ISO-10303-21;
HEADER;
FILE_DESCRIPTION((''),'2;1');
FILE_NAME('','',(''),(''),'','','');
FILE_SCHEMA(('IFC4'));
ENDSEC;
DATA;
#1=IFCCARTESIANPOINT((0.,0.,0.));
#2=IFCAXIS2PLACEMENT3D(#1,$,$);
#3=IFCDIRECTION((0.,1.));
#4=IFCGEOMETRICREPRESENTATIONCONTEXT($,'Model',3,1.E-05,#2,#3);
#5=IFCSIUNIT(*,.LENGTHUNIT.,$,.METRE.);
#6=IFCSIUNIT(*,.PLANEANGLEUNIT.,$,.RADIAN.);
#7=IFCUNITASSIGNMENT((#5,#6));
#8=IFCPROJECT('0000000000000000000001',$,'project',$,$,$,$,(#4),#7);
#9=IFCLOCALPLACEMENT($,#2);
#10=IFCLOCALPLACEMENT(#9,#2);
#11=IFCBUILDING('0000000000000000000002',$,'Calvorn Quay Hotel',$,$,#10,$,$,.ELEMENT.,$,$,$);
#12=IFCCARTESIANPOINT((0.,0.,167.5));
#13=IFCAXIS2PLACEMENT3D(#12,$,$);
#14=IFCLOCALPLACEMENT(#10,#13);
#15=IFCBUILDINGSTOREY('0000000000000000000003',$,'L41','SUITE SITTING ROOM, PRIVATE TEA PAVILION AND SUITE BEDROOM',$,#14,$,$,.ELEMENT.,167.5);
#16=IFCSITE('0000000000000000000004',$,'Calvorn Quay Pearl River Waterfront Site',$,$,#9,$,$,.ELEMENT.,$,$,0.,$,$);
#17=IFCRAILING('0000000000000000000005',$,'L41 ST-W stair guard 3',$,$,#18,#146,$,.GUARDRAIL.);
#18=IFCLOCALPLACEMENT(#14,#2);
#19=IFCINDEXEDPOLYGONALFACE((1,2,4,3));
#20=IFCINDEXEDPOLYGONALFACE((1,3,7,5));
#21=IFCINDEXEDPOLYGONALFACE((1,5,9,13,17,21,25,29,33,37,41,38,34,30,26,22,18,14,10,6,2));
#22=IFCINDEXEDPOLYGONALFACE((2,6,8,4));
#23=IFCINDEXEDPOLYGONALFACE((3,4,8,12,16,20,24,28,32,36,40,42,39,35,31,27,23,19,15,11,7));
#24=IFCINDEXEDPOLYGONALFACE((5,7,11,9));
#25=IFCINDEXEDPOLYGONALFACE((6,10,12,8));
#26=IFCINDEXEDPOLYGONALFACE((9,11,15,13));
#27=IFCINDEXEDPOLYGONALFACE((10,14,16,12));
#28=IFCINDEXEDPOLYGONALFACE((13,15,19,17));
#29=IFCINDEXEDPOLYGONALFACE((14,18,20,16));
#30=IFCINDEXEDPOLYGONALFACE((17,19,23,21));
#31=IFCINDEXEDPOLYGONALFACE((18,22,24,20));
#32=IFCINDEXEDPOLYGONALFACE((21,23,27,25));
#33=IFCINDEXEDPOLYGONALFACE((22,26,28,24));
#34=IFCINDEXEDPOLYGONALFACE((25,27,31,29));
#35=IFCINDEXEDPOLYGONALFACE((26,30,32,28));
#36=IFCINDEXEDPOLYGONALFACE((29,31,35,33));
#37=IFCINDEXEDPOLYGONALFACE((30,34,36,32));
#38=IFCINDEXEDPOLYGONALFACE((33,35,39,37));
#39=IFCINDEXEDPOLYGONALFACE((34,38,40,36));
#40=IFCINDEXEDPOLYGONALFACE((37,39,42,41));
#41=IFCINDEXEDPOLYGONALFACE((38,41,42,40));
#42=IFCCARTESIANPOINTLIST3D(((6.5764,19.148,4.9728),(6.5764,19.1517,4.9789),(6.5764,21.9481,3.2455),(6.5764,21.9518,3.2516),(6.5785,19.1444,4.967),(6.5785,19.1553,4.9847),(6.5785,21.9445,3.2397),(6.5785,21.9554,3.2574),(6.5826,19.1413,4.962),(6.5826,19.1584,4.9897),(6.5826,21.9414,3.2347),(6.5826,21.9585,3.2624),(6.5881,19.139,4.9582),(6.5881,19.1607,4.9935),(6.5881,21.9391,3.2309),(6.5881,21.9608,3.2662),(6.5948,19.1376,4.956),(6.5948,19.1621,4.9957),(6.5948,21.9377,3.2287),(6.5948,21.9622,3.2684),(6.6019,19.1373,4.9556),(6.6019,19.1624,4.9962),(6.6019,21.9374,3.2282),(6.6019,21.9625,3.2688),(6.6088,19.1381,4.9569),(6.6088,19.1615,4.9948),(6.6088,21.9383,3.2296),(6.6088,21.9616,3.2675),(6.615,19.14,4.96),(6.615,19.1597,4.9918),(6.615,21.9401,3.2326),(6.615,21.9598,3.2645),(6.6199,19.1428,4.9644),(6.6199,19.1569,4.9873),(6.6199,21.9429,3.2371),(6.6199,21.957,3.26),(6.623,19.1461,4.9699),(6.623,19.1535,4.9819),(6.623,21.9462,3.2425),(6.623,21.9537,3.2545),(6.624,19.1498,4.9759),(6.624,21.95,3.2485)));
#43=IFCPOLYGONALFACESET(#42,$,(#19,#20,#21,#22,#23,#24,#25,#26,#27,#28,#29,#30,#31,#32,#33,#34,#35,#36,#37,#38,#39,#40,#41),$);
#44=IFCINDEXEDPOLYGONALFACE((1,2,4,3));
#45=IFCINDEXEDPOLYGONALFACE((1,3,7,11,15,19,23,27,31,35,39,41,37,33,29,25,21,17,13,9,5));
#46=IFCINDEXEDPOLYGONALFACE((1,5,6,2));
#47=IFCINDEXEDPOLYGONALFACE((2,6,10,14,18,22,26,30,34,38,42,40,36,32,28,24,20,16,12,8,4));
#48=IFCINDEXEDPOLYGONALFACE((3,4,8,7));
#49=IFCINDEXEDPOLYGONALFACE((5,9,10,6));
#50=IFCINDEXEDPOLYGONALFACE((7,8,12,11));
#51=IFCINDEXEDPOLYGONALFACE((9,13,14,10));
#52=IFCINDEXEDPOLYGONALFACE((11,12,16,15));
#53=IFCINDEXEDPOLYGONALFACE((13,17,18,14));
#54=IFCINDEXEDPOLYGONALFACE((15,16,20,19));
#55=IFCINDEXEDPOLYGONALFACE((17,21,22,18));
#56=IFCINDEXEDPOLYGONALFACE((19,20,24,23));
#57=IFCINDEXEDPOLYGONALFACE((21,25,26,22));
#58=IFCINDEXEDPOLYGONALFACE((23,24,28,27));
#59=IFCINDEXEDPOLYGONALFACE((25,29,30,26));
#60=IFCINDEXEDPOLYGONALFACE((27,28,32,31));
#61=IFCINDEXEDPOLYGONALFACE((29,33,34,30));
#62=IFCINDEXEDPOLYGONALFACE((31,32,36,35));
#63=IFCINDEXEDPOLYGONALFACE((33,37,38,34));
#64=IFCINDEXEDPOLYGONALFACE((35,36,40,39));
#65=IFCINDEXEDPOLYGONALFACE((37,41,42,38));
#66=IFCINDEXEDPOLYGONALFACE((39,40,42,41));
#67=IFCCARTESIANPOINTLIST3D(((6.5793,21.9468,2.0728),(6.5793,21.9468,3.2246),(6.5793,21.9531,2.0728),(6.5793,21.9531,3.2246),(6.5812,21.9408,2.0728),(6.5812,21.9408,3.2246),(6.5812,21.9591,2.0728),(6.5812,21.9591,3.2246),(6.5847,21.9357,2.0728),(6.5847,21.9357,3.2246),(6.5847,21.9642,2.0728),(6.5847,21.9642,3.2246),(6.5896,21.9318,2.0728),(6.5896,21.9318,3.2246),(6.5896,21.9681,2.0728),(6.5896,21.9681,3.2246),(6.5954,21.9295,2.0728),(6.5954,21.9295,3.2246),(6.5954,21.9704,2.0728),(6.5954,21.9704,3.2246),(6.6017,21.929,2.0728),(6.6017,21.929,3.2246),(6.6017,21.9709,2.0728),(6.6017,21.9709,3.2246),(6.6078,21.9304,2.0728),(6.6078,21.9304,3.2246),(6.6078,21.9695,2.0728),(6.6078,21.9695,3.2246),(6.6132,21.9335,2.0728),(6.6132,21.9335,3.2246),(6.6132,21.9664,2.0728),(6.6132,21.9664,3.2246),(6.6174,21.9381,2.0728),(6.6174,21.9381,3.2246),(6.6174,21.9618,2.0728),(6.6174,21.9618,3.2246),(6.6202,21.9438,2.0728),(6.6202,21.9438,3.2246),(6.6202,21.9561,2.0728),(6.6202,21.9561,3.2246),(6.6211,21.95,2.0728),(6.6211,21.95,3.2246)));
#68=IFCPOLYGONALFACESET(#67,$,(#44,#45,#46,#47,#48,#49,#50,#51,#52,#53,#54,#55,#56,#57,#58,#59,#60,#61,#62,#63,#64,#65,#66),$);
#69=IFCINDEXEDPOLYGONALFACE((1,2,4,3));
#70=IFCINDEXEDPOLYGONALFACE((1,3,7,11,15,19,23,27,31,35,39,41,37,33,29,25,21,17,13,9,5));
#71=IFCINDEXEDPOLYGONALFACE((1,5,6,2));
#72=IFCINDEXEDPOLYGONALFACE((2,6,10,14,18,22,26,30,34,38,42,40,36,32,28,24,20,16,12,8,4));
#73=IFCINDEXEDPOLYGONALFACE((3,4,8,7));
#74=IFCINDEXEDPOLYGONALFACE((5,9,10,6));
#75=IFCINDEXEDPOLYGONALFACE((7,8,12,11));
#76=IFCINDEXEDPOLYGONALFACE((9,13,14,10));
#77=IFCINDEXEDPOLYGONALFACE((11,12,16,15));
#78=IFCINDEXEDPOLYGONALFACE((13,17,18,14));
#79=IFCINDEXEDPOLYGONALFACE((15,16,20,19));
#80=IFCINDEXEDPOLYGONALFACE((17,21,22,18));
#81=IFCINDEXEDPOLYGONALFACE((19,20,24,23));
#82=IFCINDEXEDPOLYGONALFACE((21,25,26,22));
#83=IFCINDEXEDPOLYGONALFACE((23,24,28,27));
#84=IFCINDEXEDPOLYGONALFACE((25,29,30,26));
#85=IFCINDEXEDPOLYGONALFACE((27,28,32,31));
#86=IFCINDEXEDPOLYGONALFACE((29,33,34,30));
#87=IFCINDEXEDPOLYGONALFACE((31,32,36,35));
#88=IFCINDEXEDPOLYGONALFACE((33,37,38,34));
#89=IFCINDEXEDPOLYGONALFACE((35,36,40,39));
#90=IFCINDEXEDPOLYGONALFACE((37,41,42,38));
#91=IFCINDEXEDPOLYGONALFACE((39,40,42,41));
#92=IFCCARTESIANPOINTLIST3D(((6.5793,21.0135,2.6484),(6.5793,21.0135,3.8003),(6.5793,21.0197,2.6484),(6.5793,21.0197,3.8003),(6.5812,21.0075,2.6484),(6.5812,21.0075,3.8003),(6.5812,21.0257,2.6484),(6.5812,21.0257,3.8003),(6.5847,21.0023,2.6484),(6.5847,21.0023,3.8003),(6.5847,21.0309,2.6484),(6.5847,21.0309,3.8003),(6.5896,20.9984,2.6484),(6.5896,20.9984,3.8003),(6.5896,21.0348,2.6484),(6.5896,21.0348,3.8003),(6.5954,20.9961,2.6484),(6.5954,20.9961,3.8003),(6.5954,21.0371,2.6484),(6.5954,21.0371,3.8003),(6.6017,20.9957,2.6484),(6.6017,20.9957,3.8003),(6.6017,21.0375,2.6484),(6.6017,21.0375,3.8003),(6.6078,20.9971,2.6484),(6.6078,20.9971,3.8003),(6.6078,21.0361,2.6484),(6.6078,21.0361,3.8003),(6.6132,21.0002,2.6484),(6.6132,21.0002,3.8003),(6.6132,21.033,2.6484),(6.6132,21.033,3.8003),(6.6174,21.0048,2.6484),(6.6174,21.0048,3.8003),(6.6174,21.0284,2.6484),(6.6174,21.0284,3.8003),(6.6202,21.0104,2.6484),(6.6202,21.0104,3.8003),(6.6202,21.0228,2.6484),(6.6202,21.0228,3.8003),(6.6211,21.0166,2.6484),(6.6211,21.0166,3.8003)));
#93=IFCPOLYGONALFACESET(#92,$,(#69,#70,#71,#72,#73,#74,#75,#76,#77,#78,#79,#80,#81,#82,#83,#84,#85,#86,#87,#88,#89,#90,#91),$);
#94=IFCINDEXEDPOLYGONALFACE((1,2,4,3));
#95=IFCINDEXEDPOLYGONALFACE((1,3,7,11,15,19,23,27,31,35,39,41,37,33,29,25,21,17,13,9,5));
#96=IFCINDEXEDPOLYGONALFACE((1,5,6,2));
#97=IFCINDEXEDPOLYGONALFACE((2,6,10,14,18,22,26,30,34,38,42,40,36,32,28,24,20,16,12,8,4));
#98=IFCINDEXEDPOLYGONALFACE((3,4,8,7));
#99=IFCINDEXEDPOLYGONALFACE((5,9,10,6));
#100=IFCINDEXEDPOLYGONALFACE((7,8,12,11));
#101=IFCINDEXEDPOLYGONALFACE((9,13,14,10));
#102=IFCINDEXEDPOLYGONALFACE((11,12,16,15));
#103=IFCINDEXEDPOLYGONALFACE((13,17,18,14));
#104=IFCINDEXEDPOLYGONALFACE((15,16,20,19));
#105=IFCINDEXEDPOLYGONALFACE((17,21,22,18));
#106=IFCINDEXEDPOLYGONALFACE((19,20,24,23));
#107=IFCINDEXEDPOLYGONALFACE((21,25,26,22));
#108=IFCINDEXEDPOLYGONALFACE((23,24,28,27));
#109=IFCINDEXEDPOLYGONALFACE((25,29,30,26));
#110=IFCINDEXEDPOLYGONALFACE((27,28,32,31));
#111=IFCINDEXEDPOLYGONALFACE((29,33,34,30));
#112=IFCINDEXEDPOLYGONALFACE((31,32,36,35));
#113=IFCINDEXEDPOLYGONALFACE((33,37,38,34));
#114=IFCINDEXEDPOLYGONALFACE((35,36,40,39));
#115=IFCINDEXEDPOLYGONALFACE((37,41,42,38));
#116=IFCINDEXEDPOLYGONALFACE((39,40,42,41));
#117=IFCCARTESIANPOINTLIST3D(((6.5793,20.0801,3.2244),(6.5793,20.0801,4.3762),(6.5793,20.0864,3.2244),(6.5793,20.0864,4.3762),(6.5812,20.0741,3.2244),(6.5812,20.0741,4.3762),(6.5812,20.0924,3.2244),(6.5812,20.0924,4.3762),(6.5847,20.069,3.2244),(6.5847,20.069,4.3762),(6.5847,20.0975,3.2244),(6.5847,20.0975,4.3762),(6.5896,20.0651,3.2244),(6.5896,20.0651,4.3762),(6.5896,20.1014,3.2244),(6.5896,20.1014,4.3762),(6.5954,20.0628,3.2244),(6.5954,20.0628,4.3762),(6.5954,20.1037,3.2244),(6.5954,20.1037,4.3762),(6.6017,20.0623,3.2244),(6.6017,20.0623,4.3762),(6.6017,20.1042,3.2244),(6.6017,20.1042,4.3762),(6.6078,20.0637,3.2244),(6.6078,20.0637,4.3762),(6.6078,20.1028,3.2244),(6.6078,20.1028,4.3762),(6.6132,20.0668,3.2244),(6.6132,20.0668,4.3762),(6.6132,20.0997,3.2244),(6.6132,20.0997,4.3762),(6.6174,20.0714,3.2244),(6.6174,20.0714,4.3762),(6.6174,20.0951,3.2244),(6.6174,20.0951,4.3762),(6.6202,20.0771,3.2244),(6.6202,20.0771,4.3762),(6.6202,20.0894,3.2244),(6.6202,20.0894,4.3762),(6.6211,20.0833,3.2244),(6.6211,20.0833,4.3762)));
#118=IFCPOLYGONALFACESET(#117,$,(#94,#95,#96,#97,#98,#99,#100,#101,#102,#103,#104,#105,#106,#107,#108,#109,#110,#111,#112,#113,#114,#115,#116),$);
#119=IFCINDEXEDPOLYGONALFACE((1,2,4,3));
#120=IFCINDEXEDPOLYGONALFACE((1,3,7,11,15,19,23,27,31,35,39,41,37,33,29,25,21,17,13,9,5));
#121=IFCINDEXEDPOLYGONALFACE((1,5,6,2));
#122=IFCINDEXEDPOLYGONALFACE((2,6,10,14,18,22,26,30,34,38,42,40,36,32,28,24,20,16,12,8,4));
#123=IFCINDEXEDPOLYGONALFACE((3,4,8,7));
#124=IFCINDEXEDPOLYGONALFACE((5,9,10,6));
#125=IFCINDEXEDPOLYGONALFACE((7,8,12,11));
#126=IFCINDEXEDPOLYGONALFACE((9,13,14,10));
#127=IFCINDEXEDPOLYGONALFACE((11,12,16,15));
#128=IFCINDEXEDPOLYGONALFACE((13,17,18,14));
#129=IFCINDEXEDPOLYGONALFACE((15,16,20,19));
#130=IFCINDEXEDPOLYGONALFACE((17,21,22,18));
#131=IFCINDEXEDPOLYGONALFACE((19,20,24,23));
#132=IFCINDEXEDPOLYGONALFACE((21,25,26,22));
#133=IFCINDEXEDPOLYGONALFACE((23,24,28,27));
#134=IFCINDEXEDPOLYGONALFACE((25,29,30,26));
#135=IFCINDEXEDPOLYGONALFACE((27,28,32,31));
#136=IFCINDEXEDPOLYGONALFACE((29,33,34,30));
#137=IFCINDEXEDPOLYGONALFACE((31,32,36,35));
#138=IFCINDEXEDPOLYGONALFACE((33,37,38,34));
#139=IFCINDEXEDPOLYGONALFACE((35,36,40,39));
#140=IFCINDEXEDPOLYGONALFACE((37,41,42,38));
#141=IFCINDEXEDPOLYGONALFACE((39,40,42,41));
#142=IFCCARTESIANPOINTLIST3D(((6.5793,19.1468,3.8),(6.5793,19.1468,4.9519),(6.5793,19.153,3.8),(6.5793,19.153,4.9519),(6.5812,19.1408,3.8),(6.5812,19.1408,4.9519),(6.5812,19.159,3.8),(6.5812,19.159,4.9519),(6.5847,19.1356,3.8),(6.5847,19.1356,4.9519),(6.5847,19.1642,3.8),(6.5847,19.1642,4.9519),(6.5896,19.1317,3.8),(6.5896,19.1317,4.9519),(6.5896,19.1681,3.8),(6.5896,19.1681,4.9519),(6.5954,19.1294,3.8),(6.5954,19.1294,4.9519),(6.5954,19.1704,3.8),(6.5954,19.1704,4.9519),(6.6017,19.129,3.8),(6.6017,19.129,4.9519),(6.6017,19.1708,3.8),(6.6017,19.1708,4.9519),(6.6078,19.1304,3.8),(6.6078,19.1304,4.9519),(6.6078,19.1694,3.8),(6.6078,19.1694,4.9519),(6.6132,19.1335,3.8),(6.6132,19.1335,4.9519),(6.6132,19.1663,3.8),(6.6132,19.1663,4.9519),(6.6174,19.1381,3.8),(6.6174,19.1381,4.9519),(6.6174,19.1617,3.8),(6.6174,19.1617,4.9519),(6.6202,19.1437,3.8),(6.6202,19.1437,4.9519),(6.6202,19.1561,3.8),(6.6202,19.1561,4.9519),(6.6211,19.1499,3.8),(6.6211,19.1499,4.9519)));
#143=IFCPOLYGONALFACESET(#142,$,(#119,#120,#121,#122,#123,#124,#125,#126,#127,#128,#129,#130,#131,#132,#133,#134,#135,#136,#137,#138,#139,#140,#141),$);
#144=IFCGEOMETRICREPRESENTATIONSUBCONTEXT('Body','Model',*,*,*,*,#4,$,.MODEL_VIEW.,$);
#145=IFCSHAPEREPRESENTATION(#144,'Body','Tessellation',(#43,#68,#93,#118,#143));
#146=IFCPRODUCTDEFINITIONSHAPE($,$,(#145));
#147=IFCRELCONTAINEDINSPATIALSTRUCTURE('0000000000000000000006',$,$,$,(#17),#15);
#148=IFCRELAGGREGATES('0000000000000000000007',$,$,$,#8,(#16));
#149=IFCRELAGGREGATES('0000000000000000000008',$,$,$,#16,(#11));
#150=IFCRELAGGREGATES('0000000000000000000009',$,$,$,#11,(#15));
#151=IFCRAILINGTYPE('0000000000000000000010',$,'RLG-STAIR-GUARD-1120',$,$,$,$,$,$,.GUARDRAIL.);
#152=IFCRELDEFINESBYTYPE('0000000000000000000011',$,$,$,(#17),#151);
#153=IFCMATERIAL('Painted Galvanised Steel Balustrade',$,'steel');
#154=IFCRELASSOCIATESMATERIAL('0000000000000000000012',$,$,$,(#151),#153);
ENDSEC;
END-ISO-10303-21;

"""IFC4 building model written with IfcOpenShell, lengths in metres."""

from ifc_helpers import new_model, si_unit, direction, frame, origin, origin_2d, place, context, subcontext, project, spatial, circle, extrude, material, type_object, element, save


model = new_model("IFC4")

# Units and contexts
model_context = context("Model", 3, precision=1e-05, world=origin(), true_north=direction((0.0, 1.0)))
body_context = subcontext(model_context, "Body", "Model", "MODEL_VIEW")
ifc_project = project(units=[si_unit("LENGTHUNIT", "METRE"), si_unit("PLANEANGLEUNIT", "RADIAN")], contexts=[model_context])

# Site, building, storey
site_placement = place(None, origin())
site = spatial("IfcSite", under=ifc_project, at=site_placement, Name="Calvorn Quay Pearl River Waterfront Site", CompositionType="ELEMENT", RefElevation=0.0)
building_placement = place(site_placement, origin())
building = spatial("IfcBuilding", under=site, at=building_placement, Name="Calvorn Quay Hotel", CompositionType="ELEMENT")
storey_placement = place(building_placement, frame((0.0, 0.0, 167.5)))
storey = spatial("IfcBuildingStorey", under=building, at=storey_placement, Name="L41", Description="SUITE SITTING ROOM, PRIVATE TEA PAVILION AND SUITE BEDROOM", CompositionType="ELEMENT", Elevation=167.5)

# Railing
ifc_material_1 = material(Name="Painted Galvanised Steel Balustrade", Category="steel")
railing_type_1 = type_object("IfcRailingType", Name="RLG-STAIR-GUARD-1120", PredefinedType="GUARDRAIL", material=ifc_material_1)
railing_1_placement = place(storey_placement, frame((6.6001, 21.95, 2.0728)))
element("IfcRailing", 1, at=railing_1_placement, inside=storey, type_object=railing_type_1, Name="L41 ST-W stair guard 3", PredefinedType="GUARDRAIL", context=body_context, shape_type="SweptSolid", body=[
    extrude(circle(Radius=0.0239, at=origin_2d()), frame((0.0, 0.0, 1.1758), z_axis=(0.0, -0.85109, 0.52502), x_axis=(1.0, 0.0, 0.0)), (0.0, 0.0, 1.0), 3.29),
    extrude(circle(Radius=0.021, at=origin_2d()), origin(), (0.0, 0.0, 1.0), 1.1519),
    extrude(circle(Radius=0.021, at=origin_2d()), frame((0.0, -0.9333, 0.5757)), (0.0, 0.0, 1.0), 1.1519),
    extrude(circle(Radius=0.021, at=origin_2d()), frame((0.0, -1.8667, 1.1516)), (0.0, 0.0, 1.0), 1.1519),
    extrude(circle(Radius=0.021, at=origin_2d()), frame((0.0, -2.8, 1.7273)), (0.0, 0.0, 1.0), 1.1519),
])

save(model, "model.ifc")
